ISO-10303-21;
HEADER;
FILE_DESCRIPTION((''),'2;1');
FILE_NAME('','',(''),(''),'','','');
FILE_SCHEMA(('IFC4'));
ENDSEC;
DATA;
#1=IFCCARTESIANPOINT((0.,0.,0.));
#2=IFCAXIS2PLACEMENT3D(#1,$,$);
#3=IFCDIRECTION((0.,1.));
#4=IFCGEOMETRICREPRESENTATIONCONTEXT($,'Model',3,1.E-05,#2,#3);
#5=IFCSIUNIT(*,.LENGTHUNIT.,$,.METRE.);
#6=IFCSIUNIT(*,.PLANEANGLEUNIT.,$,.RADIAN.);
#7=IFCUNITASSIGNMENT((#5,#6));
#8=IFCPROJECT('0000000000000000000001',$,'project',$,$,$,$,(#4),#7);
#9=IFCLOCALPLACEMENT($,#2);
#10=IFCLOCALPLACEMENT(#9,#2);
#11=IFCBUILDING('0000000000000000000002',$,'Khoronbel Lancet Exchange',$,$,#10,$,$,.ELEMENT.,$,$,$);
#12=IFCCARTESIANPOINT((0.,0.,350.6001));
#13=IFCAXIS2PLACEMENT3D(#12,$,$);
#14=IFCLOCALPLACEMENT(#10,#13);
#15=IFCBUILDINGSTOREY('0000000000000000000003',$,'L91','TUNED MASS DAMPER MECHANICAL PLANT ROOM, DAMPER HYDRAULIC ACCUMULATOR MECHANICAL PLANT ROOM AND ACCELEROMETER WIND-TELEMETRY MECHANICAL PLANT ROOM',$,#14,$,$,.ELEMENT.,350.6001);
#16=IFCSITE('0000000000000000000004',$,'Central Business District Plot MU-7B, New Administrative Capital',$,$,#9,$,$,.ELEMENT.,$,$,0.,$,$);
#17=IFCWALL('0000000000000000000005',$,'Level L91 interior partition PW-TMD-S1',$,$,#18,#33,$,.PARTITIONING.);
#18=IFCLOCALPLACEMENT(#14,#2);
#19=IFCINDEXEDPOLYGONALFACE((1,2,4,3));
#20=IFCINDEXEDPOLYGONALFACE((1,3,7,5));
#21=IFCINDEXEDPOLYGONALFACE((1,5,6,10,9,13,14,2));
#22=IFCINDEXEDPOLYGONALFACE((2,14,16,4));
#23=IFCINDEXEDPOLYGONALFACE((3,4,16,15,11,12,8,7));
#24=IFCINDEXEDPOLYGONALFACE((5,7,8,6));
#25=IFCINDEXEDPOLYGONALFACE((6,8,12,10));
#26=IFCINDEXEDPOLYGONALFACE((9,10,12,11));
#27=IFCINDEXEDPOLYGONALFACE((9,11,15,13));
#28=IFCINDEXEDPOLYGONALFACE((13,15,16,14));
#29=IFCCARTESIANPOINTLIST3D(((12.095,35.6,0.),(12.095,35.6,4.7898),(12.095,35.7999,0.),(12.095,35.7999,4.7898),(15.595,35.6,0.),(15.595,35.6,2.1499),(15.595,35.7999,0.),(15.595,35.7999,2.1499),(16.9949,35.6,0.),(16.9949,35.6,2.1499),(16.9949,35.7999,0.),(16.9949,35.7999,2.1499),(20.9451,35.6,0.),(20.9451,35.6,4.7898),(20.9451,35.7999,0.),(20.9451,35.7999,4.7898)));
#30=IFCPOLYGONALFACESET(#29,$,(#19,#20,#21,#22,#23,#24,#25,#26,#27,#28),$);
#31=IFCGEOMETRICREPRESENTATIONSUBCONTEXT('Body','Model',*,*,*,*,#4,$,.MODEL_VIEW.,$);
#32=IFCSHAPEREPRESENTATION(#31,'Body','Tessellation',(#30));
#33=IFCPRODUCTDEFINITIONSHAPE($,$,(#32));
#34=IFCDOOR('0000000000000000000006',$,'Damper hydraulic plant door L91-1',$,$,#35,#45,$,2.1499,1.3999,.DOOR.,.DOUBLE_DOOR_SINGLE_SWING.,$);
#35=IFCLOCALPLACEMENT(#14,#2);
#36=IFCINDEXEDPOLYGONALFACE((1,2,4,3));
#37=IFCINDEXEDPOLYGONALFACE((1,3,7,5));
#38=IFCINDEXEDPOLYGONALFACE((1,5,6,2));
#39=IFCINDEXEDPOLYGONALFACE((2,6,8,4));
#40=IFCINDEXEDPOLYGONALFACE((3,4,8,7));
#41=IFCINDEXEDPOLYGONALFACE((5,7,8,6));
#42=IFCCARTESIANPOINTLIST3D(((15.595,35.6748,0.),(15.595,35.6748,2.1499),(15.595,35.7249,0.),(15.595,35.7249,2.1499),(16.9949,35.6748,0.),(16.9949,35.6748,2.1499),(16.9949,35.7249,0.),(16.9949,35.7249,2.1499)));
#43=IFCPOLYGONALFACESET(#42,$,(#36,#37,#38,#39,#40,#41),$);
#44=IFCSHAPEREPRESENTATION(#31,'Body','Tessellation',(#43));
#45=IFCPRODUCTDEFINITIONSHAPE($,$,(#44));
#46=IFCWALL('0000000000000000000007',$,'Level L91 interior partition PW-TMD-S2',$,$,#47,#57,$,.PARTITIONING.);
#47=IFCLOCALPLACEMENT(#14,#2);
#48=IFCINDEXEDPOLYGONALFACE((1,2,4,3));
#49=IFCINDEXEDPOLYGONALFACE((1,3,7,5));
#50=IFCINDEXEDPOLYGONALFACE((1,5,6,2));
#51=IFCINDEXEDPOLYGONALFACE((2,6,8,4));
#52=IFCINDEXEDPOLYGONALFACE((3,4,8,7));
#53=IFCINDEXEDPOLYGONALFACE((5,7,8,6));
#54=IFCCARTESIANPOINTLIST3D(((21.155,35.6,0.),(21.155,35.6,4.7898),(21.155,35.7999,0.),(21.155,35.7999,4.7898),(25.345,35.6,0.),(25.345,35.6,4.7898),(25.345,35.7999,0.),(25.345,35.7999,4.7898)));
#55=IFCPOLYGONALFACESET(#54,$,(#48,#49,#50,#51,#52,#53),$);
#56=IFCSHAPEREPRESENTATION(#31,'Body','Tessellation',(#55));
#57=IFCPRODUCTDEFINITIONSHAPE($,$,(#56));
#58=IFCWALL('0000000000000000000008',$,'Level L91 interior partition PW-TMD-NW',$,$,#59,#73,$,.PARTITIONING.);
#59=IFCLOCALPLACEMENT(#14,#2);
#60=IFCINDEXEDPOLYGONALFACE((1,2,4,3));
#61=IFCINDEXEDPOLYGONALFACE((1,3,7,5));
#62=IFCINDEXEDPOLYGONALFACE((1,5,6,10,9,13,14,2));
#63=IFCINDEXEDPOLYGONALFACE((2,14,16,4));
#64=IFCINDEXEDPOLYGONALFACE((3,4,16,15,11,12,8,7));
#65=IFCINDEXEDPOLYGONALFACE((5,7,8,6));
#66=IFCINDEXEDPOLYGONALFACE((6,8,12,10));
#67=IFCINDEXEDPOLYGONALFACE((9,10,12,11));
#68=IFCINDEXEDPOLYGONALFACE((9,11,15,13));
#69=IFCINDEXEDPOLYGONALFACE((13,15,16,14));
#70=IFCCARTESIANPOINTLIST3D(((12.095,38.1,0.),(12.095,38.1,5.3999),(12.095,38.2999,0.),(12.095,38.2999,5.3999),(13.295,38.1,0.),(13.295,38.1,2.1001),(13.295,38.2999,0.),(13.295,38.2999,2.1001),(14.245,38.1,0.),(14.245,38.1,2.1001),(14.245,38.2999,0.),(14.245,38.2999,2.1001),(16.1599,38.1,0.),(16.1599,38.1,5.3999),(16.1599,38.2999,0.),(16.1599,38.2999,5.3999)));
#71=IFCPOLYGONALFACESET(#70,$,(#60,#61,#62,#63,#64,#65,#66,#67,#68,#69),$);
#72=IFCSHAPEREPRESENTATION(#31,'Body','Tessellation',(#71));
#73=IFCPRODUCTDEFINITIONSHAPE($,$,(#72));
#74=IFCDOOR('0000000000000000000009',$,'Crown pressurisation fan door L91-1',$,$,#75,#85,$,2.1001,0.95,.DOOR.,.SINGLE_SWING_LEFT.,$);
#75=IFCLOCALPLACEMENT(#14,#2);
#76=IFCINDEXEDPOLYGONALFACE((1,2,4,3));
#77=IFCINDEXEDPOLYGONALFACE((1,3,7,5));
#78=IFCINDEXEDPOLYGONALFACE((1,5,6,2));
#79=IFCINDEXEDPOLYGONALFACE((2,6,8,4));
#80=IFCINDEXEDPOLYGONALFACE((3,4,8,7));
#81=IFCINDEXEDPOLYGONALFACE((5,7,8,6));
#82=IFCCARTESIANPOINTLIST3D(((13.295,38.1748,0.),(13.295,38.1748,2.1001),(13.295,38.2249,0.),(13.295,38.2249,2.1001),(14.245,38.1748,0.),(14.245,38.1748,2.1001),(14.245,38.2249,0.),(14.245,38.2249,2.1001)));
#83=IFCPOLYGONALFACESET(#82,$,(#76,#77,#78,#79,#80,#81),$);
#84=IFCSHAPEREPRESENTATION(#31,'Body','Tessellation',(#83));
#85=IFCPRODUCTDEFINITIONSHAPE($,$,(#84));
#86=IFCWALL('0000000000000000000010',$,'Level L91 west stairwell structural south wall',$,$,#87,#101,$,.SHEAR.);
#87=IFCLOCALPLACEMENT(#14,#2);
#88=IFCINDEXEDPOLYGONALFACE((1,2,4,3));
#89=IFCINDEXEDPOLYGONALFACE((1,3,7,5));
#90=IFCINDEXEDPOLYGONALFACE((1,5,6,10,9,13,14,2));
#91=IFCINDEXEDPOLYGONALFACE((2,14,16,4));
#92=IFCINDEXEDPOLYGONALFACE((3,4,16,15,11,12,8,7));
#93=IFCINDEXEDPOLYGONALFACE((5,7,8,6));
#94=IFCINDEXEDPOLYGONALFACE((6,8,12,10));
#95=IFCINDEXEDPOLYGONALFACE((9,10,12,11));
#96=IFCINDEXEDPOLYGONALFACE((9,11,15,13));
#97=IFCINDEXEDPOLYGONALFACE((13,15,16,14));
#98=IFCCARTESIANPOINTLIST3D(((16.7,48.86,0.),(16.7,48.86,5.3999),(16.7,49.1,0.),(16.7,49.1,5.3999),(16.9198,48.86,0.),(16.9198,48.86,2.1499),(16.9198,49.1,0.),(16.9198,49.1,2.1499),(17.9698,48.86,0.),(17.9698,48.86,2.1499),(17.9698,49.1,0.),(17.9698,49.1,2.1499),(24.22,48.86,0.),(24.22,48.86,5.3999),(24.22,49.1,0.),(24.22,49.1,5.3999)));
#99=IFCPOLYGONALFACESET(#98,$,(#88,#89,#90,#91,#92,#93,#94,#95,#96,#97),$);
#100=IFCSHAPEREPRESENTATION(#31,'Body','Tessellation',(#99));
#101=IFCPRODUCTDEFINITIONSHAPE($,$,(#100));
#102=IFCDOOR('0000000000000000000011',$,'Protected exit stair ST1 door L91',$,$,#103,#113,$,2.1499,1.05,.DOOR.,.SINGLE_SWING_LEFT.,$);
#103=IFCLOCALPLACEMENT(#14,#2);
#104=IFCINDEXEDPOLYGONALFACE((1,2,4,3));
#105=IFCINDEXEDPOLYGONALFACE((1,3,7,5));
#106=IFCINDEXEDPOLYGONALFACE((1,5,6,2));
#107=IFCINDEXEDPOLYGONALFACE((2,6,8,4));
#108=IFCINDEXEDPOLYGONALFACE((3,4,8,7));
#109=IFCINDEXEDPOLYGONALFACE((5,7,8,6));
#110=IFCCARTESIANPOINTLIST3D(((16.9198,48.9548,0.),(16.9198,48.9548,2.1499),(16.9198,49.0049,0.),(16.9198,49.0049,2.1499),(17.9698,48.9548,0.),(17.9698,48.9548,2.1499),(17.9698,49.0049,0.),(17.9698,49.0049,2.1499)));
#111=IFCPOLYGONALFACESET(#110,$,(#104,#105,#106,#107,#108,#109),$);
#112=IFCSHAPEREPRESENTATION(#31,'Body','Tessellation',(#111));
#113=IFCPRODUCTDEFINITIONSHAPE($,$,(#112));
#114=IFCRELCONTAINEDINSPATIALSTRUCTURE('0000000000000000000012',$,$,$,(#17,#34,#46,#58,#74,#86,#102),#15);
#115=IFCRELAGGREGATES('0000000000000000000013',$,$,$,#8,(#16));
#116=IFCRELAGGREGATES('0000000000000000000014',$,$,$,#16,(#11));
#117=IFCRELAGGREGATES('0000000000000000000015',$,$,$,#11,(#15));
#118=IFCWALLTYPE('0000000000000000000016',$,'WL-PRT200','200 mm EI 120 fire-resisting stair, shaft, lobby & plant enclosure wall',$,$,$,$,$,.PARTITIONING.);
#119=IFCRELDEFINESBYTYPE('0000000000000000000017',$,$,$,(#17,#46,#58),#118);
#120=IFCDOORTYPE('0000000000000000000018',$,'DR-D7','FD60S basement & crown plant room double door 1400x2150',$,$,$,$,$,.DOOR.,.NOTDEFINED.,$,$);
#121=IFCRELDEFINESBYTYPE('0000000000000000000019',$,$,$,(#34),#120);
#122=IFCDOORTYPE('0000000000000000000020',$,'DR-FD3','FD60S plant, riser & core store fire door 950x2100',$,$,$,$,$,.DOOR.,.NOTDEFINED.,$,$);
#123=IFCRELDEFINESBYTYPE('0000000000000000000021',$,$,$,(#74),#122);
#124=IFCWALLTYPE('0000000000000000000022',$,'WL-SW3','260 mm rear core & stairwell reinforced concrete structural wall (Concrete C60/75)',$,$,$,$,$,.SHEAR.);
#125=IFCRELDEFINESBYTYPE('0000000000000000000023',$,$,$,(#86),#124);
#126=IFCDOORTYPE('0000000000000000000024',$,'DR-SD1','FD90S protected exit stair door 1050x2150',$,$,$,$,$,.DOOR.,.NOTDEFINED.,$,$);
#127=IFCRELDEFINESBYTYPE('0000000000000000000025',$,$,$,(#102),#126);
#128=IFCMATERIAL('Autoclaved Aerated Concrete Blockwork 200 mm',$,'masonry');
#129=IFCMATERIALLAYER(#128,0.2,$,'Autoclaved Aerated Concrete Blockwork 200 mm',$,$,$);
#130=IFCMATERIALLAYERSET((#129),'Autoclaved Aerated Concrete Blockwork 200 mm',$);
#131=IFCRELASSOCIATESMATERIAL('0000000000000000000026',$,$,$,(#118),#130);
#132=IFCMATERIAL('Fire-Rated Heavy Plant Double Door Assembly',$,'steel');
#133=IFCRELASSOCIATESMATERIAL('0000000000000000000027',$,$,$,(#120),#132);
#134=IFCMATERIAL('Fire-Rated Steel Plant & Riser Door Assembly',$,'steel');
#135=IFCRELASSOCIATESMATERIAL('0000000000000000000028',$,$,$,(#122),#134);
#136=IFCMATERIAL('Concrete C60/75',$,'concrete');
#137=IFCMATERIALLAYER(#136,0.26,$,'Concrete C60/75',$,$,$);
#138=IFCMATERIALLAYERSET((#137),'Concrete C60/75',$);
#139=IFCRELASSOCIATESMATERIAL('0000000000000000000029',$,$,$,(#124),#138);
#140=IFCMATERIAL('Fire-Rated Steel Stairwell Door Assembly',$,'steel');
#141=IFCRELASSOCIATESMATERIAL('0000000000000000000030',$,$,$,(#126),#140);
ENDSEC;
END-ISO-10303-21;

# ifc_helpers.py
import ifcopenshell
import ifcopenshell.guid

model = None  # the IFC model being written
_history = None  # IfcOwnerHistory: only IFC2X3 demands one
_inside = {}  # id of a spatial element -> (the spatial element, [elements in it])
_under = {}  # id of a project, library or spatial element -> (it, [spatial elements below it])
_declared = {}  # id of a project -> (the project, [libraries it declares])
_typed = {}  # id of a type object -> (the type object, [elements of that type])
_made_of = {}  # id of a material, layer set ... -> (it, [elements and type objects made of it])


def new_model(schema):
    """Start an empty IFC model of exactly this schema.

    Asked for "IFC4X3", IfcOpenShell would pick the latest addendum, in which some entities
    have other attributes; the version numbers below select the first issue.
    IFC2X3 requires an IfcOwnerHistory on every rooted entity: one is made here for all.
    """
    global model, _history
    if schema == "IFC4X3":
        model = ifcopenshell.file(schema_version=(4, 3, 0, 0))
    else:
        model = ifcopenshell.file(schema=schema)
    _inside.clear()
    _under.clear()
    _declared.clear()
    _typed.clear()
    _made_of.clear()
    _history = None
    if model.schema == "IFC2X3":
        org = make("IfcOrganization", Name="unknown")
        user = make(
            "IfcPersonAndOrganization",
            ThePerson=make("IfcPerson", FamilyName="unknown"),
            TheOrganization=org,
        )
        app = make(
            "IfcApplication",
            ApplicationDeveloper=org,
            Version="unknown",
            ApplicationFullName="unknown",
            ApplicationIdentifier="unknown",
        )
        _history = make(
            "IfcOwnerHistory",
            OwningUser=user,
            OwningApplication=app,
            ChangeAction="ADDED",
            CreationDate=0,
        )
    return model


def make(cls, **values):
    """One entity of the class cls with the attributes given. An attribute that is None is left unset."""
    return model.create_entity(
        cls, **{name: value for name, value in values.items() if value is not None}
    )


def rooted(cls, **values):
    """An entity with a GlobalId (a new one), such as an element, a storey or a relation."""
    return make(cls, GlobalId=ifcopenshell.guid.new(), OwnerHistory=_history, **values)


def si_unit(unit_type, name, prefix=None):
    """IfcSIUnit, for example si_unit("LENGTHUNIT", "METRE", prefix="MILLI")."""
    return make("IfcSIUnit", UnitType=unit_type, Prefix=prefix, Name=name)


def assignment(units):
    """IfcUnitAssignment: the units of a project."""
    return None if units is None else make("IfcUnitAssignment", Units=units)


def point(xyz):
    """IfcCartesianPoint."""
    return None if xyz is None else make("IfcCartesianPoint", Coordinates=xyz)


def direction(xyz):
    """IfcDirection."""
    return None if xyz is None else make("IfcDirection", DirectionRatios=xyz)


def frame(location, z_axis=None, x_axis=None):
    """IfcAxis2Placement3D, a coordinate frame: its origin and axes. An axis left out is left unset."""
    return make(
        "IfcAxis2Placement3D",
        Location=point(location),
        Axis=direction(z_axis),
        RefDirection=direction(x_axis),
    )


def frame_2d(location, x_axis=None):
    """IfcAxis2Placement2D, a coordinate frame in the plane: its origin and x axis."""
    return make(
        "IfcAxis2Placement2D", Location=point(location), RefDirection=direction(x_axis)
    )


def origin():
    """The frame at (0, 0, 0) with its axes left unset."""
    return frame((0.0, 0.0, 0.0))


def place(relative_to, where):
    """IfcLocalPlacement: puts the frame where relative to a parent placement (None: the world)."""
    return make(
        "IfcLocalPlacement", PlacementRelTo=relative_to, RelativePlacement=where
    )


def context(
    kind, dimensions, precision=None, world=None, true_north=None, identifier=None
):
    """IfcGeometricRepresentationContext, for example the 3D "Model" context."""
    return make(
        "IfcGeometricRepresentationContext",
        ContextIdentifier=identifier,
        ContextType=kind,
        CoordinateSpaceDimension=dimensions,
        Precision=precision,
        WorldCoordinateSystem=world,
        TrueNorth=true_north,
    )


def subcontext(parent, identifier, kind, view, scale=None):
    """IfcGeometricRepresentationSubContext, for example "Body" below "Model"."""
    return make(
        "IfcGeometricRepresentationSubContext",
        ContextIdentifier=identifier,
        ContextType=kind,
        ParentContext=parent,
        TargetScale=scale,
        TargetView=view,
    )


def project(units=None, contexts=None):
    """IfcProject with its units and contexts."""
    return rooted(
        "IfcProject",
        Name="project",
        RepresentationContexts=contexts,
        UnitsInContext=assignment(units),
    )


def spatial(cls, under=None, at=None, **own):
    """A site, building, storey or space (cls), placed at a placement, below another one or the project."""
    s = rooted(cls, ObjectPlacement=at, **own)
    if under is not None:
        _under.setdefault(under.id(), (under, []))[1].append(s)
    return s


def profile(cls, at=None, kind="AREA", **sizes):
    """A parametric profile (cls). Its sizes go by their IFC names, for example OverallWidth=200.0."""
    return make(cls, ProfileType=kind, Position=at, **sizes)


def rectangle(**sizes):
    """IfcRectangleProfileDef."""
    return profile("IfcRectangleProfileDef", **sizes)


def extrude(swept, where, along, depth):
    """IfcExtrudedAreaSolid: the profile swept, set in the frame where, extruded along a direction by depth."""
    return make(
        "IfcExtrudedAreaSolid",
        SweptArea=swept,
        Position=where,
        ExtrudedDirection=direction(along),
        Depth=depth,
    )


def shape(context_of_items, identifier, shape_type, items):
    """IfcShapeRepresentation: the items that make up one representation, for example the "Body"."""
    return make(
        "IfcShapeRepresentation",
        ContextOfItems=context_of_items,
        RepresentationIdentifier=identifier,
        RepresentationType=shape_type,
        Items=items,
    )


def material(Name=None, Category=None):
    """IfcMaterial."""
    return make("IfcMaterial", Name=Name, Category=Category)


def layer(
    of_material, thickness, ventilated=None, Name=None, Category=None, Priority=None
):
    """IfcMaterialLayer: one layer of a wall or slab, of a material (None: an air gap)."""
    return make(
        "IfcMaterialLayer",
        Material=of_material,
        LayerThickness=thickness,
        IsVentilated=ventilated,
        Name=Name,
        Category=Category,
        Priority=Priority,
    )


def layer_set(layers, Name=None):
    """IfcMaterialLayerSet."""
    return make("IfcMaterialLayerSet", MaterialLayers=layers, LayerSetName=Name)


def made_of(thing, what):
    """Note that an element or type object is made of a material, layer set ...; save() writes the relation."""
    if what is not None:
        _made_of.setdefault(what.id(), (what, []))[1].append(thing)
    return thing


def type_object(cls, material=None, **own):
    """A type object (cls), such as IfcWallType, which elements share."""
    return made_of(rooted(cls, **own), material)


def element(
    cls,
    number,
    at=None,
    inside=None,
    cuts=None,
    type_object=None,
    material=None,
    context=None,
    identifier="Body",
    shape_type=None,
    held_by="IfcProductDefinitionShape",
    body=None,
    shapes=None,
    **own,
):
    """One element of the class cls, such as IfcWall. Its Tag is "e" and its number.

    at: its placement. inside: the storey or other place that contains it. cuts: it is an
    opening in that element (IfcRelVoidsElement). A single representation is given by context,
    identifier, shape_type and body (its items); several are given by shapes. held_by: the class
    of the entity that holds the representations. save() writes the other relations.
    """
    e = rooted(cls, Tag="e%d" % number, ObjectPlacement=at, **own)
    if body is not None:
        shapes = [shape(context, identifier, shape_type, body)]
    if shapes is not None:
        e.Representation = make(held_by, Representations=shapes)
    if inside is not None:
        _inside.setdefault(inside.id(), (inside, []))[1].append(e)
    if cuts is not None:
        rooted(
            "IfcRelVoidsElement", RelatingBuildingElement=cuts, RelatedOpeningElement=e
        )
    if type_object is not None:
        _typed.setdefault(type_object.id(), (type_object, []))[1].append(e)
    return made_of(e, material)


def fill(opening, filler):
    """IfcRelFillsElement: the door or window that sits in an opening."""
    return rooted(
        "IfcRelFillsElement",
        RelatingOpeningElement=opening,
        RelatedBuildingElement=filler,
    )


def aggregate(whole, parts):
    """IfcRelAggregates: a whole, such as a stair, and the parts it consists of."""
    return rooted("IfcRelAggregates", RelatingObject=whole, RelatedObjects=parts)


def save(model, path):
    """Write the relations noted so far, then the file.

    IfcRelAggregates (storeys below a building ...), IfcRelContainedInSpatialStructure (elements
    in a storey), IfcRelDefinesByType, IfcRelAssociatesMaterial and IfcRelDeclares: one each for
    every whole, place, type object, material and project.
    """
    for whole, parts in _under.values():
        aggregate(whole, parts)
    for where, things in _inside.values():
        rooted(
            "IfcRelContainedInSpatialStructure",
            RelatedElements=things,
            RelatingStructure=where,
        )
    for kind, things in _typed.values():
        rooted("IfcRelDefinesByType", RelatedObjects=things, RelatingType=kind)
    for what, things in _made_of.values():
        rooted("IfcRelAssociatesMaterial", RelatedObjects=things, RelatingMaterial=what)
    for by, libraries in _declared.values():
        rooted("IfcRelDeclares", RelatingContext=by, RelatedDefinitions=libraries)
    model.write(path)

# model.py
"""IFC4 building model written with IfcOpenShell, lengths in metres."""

from ifc_helpers import new_model, si_unit, direction, frame, frame_2d, origin, place, context, subcontext, project, spatial, rectangle, extrude, material, layer, layer_set, type_object, element, fill, save


model = new_model("IFC4")

# Units and contexts
model_context = context("Model", 3, precision=1e-05, world=origin(), true_north=direction((0.0, 1.0)))
body_context = subcontext(model_context, "Body", "Model", "MODEL_VIEW")
ifc_project = project(units=[si_unit("LENGTHUNIT", "METRE"), si_unit("PLANEANGLEUNIT", "RADIAN")], contexts=[model_context])

# Site, building, storey
site_placement = place(None, origin())
site = spatial("IfcSite", under=ifc_project, at=site_placement, Name="Central Business District Plot MU-7B, New Administrative Capital", CompositionType="ELEMENT", RefElevation=0.0)
building_placement = place(site_placement, origin())
building = spatial("IfcBuilding", under=site, at=building_placement, Name="Khoronbel Lancet Exchange", CompositionType="ELEMENT")
storey_placement = place(building_placement, frame((0.0, 0.0, 350.6001)))
storey = spatial("IfcBuildingStorey", under=building, at=storey_placement, Name="L91", Description="TUNED MASS DAMPER MECHANICAL PLANT ROOM, DAMPER HYDRAULIC ACCUMULATOR MECHANICAL PLANT ROOM AND ACCELEROMETER WIND-TELEMETRY MECHANICAL PLANT ROOM", CompositionType="ELEMENT", Elevation=350.6001)

# Shared definitions
ifc_material_1 = material(Name="Concrete C60/75", Category="concrete")

# Shared definitions
ifc_material_2 = material(Name="Autoclaved Aerated Concrete Blockwork 200 mm", Category="masonry")
ifc_layer_1 = layer(ifc_material_2, 0.2, Name="Autoclaved Aerated Concrete Blockwork 200 mm")
ifc_layer_set_1 = layer_set([ifc_layer_1], Name="Autoclaved Aerated Concrete Blockwork 200 mm")
wall_type_1 = type_object("IfcWallType", Name="WL-PRT200", Description="200 mm EI 120 fire-resisting stair, shaft, lobby & plant enclosure wall", PredefinedType="PARTITIONING", material=ifc_layer_set_1)

# Wall, opening, door
wall_1_placement = place(storey_placement, frame((12.095, 35.7, 0.0), z_axis=(0.0, 0.0, 1.0), x_axis=(1.0, 0.0, 0.0)))
wall_1 = element("IfcWall", 1, at=wall_1_placement, inside=storey, type_object=wall_type_1, Name="Level L91 interior partition PW-TMD-S1", PredefinedType="PARTITIONING", context=body_context, shape_type="SweptSolid", body=[
    extrude(rectangle(XDim=8.8501, YDim=0.2, at=frame_2d((4.425, 0.0))), origin(), (0.0, 0.0, 1.0), 4.7898),
])
opening_1_placement = place(wall_1_placement, frame((3.5, 0.0, 0.0)))
opening_1 = element("IfcOpeningElement", 2, at=opening_1_placement, cuts=wall_1, PredefinedType="OPENING", context=body_context, shape_type="SweptSolid", body=[
    extrude(rectangle(XDim=1.3999, YDim=2.1499, at=frame_2d((0.7, 1.075))), frame((0.0, 0.1099, 0.0), z_axis=(0.0, -1.0, 0.0), x_axis=(1.0, 0.0, 0.0)), (0.0, 0.0, 1.0), 0.22),
])
ifc_material_3 = material(Name="Fire-Rated Heavy Plant Double Door Assembly", Category="steel")
door_type_1 = type_object("IfcDoorType", Name="DR-D7", Description="FD60S basement & crown plant room double door 1400x2150", OperationType="NOTDEFINED", PredefinedType="DOOR", material=ifc_material_3)
door_1_placement = place(opening_1_placement, origin())
door_1 = element("IfcDoor", 3, at=door_1_placement, inside=storey, type_object=door_type_1, Name="Damper hydraulic plant door L91-1", OperationType="DOUBLE_DOOR_SINGLE_SWING", OverallHeight=2.1499, OverallWidth=1.3999, PredefinedType="DOOR", context=body_context, shape_type="SweptSolid", body=[
    extrude(rectangle(XDim=1.3999, YDim=2.1499, at=frame_2d((0.7, 1.075))), frame((0.0, 0.0249, 0.0), z_axis=(0.0, -1.0, 0.0), x_axis=(1.0, 0.0, 0.0)), (0.0, 0.0, 1.0), 0.05),
])
fill(opening_1, door_1)

# Wall
wall_2_placement = place(storey_placement, frame((21.155, 35.7, 0.0), z_axis=(0.0, 0.0, 1.0), x_axis=(1.0, 0.0, 0.0)))
element("IfcWall", 4, at=wall_2_placement, inside=storey, type_object=wall_type_1, Name="Level L91 interior partition PW-TMD-S2", PredefinedType="PARTITIONING", context=body_context, shape_type="SweptSolid", body=[
    extrude(rectangle(XDim=4.1899, YDim=0.2, at=frame_2d((2.095, 0.0))), origin(), (0.0, 0.0, 1.0), 4.7898),
])

# Walls, openings, doors
wall_3_placement = place(storey_placement, frame((12.095, 38.2, 0.0), z_axis=(0.0, 0.0, 1.0), x_axis=(1.0, 0.0, 0.0)))
wall_3 = element("IfcWall", 5, at=wall_3_placement, inside=storey, type_object=wall_type_1, Name="Level L91 interior partition PW-TMD-NW", PredefinedType="PARTITIONING", context=body_context, shape_type="SweptSolid", body=[
    extrude(rectangle(XDim=4.0649, YDim=0.2, at=frame_2d((2.0325, 0.0))), origin(), (0.0, 0.0, 1.0), 5.3999),
])
opening_2_placement = place(wall_3_placement, frame((1.2, 0.0, 0.0)))
opening_2 = element("IfcOpeningElement", 6, at=opening_2_placement, cuts=wall_3, PredefinedType="OPENING", context=body_context, shape_type="SweptSolid", body=[
    extrude(rectangle(XDim=0.95, YDim=2.1001, at=frame_2d((0.4751, 1.05))), frame((0.0, 0.1099, 0.0), z_axis=(0.0, -1.0, 0.0), x_axis=(1.0, 0.0, 0.0)), (0.0, 0.0, 1.0), 0.22),
])
ifc_material_4 = material(Name="Fire-Rated Steel Plant & Riser Door Assembly", Category="steel")
door_type_2 = type_object("IfcDoorType", Name="DR-FD3", Description="FD60S plant, riser & core store fire door 950x2100", OperationType="NOTDEFINED", PredefinedType="DOOR", material=ifc_material_4)
door_2_placement = place(opening_2_placement, origin())
door_2 = element("IfcDoor", 7, at=door_2_placement, inside=storey, type_object=door_type_2, Name="Crown pressurisation fan door L91-1", OperationType="SINGLE_SWING_LEFT", OverallHeight=2.1001, OverallWidth=0.95, PredefinedType="DOOR", context=body_context, shape_type="SweptSolid", body=[
    extrude(rectangle(XDim=0.95, YDim=2.1001, at=frame_2d((0.4751, 1.05))), frame((0.0, 0.0249, 0.0), z_axis=(0.0, -1.0, 0.0), x_axis=(1.0, 0.0, 0.0)), (0.0, 0.0, 1.0), 0.05),
])
fill(opening_2, door_2)
ifc_layer_2 = layer(ifc_material_1, 0.26, Name="Concrete C60/75")
ifc_layer_set_2 = layer_set([ifc_layer_2], Name="Concrete C60/75")
wall_type_2 = type_object("IfcWallType", Name="WL-SW3", Description="260 mm rear core & stairwell reinforced concrete structural wall (Concrete C60/75)", PredefinedType="SHEAR", material=ifc_layer_set_2)
wall_4_placement = place(storey_placement, frame((16.7, 48.98, 0.0), z_axis=(0.0, 0.0, 1.0), x_axis=(1.0, 0.0, 0.0)))
wall_4 = element("IfcWall", 8, at=wall_4_placement, inside=storey, type_object=wall_type_2, Name="Level L91 west stairwell structural south wall", PredefinedType="SHEAR", context=body_context, shape_type="SweptSolid", body=[
    extrude(rectangle(XDim=7.52, YDim=0.24, at=frame_2d((3.76, 0.0))), origin(), (0.0, 0.0, 1.0), 5.3999),
])
opening_3_placement = place(wall_4_placement, frame((0.22, 0.0, 0.0)))
opening_3 = element("IfcOpeningElement", 9, at=opening_3_placement, cuts=wall_4, PredefinedType="OPENING", context=body_context, shape_type="SweptSolid", body=[
    extrude(rectangle(XDim=1.05, YDim=2.1499, at=frame_2d((0.5249, 1.075))), frame((0.0, 0.1299, 0.0), z_axis=(0.0, -1.0, 0.0), x_axis=(1.0, 0.0, 0.0)), (0.0, 0.0, 1.0), 0.26),
])
ifc_material_5 = material(Name="Fire-Rated Steel Stairwell Door Assembly", Category="steel")
door_type_3 = type_object("IfcDoorType", Name="DR-SD1", Description="FD90S protected exit stair door 1050x2150", OperationType="NOTDEFINED", PredefinedType="DOOR", material=ifc_material_5)
door_3_placement = place(opening_3_placement, origin())
door_3 = element("IfcDoor", 10, at=door_3_placement, inside=storey, type_object=door_type_3, Name="Protected exit stair ST1 door L91", OperationType="SINGLE_SWING_LEFT", OverallHeight=2.1499, OverallWidth=1.05, PredefinedType="DOOR", context=body_context, shape_type="SweptSolid", body=[
    extrude(rectangle(XDim=1.05, YDim=2.1499, at=frame_2d((0.5249, 1.075))), frame((0.0, 0.0249, 0.0), z_axis=(0.0, -1.0, 0.0), x_axis=(1.0, 0.0, 0.0)), (0.0, 0.0, 1.0), 0.05),
])
fill(opening_3, door_3)

save(model, "model.ifc")
